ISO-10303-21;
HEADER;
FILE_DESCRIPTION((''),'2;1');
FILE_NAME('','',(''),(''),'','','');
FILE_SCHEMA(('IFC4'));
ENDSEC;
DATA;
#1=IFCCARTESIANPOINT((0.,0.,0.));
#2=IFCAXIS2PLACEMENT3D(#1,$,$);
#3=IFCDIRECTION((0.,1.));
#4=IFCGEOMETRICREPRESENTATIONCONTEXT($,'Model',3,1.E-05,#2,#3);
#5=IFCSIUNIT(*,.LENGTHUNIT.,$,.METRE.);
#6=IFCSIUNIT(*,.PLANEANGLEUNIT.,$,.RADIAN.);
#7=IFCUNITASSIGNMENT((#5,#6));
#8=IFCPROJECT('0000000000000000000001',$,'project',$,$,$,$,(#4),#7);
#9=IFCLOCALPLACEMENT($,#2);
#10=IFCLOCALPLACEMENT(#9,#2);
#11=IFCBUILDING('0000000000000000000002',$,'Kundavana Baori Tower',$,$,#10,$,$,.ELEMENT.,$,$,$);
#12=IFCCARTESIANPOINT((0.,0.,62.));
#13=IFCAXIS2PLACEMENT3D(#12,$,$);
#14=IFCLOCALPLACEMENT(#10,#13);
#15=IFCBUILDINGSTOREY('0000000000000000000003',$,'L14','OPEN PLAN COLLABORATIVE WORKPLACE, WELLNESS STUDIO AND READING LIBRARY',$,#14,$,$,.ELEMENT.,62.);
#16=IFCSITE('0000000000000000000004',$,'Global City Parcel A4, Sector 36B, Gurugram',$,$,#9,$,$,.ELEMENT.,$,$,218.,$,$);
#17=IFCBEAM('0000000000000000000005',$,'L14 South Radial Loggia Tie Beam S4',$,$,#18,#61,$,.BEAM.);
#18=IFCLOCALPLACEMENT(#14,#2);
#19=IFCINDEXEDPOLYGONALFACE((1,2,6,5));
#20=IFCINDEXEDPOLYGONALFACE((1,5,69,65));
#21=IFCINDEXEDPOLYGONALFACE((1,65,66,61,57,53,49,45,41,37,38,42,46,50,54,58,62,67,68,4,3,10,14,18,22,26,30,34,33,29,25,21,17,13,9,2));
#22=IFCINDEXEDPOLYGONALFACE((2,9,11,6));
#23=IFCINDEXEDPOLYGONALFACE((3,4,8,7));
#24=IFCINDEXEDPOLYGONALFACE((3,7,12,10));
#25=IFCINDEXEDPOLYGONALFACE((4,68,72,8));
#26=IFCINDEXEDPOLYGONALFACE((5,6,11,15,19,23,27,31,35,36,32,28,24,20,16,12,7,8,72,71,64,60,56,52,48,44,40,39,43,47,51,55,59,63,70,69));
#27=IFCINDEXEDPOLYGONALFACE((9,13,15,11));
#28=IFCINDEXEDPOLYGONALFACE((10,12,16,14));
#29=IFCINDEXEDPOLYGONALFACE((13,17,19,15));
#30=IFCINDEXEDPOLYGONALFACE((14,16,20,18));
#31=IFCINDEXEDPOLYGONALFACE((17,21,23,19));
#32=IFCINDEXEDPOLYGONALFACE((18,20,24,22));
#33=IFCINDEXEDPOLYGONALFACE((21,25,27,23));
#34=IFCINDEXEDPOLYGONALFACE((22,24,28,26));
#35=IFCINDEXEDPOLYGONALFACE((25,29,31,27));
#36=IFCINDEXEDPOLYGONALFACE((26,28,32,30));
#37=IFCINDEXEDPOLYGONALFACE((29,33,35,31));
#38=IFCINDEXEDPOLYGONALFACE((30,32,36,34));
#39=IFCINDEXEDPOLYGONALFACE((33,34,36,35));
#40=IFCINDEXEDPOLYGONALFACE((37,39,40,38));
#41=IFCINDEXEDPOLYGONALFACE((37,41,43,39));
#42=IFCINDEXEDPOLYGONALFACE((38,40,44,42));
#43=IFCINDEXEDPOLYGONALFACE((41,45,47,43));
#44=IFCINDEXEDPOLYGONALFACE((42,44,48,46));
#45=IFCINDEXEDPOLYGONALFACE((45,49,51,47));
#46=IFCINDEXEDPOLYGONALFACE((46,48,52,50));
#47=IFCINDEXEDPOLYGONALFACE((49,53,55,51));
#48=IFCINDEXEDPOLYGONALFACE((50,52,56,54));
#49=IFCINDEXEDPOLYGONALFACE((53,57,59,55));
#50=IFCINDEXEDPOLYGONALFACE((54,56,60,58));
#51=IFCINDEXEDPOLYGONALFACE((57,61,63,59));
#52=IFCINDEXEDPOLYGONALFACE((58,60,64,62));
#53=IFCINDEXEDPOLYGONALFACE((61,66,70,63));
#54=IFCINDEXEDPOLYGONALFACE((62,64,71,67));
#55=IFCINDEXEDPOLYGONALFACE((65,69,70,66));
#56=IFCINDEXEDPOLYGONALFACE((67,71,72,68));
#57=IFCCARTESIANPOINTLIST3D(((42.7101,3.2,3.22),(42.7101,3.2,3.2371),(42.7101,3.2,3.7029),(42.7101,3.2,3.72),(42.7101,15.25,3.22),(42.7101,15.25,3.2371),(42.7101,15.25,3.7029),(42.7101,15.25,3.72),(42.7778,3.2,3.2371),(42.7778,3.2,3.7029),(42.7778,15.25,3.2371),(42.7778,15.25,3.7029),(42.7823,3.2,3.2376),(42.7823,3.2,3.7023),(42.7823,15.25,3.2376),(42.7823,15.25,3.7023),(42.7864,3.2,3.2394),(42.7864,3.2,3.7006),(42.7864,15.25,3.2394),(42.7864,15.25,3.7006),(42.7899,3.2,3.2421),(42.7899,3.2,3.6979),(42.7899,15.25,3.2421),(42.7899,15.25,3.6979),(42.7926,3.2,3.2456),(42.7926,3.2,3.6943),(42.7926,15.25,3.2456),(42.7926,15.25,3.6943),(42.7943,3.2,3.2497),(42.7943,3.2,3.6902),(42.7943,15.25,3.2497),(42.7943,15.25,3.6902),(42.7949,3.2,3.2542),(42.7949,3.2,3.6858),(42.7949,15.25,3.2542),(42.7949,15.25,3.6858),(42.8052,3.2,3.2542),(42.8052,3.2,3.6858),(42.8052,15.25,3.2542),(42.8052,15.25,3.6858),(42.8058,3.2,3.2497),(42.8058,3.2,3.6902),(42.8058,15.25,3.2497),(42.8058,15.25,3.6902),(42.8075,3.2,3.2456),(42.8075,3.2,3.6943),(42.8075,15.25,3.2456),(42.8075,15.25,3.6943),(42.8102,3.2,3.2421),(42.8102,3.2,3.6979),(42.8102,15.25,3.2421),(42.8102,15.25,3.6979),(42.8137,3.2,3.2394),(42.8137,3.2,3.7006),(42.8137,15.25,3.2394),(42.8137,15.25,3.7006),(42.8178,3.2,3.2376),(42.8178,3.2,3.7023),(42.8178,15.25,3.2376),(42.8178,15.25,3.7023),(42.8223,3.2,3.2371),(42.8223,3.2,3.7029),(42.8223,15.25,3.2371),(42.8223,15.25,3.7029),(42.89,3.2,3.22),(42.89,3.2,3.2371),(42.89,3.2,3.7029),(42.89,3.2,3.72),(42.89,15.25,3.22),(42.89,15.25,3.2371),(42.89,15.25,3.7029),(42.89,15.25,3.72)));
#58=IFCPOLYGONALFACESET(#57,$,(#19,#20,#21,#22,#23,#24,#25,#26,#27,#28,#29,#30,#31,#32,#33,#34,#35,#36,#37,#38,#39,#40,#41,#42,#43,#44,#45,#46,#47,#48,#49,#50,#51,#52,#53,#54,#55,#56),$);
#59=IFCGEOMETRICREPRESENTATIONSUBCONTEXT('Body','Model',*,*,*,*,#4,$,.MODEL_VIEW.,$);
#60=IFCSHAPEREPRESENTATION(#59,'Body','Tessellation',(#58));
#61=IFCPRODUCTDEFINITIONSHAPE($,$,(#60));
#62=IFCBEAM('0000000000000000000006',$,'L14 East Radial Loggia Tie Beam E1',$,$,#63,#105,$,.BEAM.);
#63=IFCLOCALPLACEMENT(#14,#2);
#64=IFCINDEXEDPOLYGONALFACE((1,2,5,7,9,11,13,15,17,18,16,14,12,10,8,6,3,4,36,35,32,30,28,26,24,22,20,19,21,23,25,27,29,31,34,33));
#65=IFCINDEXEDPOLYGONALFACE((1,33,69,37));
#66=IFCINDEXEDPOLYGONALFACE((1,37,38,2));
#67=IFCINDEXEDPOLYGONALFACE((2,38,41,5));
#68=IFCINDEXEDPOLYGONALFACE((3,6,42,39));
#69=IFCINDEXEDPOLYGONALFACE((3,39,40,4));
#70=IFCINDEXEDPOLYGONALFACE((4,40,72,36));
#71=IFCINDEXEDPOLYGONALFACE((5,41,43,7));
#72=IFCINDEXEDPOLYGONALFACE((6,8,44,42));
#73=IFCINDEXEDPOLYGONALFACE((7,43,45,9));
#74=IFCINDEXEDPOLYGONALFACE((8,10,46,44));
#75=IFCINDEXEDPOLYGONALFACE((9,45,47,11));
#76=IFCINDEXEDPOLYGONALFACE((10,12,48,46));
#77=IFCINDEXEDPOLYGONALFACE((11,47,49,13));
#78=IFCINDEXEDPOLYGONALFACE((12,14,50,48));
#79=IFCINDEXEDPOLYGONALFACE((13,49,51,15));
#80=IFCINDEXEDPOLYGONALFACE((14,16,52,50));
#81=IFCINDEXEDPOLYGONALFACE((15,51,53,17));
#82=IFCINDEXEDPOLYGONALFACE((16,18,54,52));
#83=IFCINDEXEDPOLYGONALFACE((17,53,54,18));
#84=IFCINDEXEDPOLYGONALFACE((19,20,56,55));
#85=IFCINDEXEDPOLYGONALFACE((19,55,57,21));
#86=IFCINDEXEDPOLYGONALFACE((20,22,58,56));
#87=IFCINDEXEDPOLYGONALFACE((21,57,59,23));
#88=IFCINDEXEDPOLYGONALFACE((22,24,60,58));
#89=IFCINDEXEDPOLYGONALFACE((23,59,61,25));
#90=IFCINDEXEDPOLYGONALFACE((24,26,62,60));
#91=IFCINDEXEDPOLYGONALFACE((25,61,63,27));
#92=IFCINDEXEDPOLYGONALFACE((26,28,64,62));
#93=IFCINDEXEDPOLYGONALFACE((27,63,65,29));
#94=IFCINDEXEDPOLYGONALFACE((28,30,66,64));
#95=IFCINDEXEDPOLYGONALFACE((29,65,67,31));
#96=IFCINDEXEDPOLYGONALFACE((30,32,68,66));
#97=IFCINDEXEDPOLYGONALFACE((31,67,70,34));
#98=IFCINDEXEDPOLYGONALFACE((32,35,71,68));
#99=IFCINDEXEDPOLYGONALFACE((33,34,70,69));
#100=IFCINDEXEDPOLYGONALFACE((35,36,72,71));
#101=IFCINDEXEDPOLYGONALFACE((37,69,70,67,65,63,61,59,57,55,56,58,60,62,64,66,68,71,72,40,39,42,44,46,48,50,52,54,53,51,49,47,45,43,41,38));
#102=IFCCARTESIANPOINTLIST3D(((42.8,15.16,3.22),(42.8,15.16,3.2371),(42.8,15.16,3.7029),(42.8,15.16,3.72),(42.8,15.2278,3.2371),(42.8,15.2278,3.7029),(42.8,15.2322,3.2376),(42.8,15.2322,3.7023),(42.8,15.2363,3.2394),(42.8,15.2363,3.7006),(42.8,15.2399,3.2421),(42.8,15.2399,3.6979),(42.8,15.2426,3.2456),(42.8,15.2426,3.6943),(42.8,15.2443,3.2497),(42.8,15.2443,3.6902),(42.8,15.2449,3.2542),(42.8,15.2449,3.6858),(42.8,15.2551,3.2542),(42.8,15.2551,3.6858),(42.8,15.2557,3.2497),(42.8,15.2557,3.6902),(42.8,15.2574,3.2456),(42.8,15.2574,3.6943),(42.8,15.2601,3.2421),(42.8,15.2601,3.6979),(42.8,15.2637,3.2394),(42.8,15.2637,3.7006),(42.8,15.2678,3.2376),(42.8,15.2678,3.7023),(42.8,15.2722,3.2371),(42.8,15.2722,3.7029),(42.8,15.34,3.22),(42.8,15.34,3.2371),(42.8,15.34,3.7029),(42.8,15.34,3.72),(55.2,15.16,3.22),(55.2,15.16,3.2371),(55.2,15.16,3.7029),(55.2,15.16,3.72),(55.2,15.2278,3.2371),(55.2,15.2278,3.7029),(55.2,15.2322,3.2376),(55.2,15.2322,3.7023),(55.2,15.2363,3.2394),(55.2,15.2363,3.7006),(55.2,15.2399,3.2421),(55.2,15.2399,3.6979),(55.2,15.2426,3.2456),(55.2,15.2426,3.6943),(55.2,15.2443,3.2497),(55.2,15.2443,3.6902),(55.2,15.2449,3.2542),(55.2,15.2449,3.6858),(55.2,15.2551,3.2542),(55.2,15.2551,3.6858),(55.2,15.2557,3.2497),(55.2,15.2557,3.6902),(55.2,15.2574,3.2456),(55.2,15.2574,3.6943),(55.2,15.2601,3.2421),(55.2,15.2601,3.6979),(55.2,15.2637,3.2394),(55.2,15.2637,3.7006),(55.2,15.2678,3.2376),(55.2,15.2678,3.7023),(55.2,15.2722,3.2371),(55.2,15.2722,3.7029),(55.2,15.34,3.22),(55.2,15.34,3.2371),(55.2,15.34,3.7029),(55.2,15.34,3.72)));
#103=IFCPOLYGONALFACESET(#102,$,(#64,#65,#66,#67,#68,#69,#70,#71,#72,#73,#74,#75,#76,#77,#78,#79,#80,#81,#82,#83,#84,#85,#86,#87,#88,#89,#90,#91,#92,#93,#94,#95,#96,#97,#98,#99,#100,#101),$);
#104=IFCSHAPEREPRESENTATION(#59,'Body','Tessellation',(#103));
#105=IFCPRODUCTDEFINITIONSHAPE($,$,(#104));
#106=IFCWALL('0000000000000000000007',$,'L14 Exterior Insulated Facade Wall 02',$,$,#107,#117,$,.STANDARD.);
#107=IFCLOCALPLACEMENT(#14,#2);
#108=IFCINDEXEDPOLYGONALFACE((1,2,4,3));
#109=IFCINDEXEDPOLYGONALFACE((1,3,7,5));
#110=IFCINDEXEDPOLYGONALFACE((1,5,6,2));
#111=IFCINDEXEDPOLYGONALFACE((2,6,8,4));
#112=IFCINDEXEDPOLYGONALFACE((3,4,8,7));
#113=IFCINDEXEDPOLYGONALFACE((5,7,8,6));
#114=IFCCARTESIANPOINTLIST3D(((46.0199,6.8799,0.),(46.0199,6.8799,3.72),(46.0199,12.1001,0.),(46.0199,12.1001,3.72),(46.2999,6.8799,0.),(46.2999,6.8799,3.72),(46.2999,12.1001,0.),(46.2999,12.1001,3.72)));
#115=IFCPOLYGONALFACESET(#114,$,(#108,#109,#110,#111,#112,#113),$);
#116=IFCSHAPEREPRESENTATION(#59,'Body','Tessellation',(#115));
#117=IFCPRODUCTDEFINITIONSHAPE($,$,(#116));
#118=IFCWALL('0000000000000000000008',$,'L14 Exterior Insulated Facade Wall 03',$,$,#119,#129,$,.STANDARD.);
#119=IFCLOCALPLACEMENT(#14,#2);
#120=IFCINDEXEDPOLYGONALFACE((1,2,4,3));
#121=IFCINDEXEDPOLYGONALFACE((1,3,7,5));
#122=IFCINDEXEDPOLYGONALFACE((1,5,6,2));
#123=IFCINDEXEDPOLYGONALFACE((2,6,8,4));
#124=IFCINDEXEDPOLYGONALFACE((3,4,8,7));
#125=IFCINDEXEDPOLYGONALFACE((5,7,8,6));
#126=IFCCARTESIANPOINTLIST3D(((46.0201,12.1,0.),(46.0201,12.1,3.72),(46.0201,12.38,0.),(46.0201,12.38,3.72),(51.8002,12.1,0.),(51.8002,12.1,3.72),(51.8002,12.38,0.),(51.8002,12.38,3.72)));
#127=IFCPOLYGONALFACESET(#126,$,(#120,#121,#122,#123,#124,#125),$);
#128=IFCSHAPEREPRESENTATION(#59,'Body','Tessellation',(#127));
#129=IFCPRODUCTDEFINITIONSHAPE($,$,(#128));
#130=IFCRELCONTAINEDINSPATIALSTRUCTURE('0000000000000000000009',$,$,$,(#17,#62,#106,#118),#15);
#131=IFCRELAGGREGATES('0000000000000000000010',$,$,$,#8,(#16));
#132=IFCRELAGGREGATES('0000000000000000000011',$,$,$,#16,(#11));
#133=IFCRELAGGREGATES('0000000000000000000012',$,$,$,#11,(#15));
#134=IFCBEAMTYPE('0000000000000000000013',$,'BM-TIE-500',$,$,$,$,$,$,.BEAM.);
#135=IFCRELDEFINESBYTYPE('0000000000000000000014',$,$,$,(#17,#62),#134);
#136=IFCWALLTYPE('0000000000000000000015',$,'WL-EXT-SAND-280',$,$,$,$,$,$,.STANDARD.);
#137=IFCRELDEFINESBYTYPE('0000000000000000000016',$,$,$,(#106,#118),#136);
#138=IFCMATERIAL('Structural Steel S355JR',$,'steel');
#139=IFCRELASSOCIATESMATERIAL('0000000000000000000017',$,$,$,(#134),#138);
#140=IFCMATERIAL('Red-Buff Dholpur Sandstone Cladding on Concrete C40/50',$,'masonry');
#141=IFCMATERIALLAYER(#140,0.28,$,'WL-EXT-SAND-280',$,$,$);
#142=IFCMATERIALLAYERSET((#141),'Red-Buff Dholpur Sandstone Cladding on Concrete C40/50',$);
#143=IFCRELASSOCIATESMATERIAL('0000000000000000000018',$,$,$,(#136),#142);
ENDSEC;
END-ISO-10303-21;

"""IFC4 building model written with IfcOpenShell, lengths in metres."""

from ifc_helpers import new_model, si_unit, direction, frame, frame_2d, origin, origin_2d, place, context, subcontext, project, spatial, rectangle, i_section, extrude, material, layer, layer_set, material_profile, profile_set, type_object, element, save


model = new_model("IFC4")

# Units and contexts
model_context = context("Model", 3, precision=1e-05, world=origin(), true_north=direction((0.0, 1.0)))
body_context = subcontext(model_context, "Body", "Model", "MODEL_VIEW")
ifc_project = project(units=[si_unit("LENGTHUNIT", "METRE"), si_unit("PLANEANGLEUNIT", "RADIAN")], contexts=[model_context])

# Site, building, storey
site_placement = place(None, origin())
site = spatial("IfcSite", under=ifc_project, at=site_placement, Name="Global City Parcel A4, Sector 36B, Gurugram", CompositionType="ELEMENT", RefElevation=218.0)
building_placement = place(site_placement, origin())
building = spatial("IfcBuilding", under=site, at=building_placement, Name="Kundavana Baori Tower", CompositionType="ELEMENT")
storey_placement = place(building_placement, frame((0.0, 0.0, 62.0)))
storey = spatial("IfcBuildingStorey", under=building, at=storey_placement, Name="L14", Description="OPEN PLAN COLLABORATIVE WORKPLACE, WELLNESS STUDIO AND READING LIBRARY", CompositionType="ELEMENT", Elevation=62.0)

# Beams
ifc_material_1 = material(Name="Structural Steel S355JR", Category="steel")
ifc_material_profile = material_profile(ifc_material_1, i_section(OverallWidth=0.1799, OverallDepth=0.5, WebThickness=0.0103, FlangeThickness=0.0171, FilletRadius=0.0171, at=origin_2d()), Name="ISMB 500")
ifc_profile_set = profile_set([ifc_material_profile], Name="Structural Steel S355JR")
beam_type = type_object("IfcBeamType", Name="BM-TIE-500", PredefinedType="BEAM", material=ifc_profile_set)
beam_1_placement = place(storey_placement, frame((42.8, 15.25, 3.47), z_axis=(0.0, -1.0, 0.0), x_axis=(1.0, 0.0, 0.0)))
element("IfcBeam", 1, at=beam_1_placement, inside=storey, type_object=beam_type, Name="L14 South Radial Loggia Tie Beam S4", PredefinedType="BEAM", context=body_context, shape_type="SweptSolid", body=[
    extrude(i_section(OverallWidth=0.1799, OverallDepth=0.5, WebThickness=0.0103, FlangeThickness=0.0171, FilletRadius=0.0171, at=origin_2d()), origin(), (0.0, 0.0, 1.0), 12.05),
])
beam_2_placement = place(storey_placement, frame((42.8, 15.25, 3.47), z_axis=(1.0, 0.0, 0.0), x_axis=(0.0, 1.0, 0.0)))
element("IfcBeam", 2, at=beam_2_placement, inside=storey, type_object=beam_type, Name="L14 East Radial Loggia Tie Beam E1", PredefinedType="BEAM", context=body_context, shape_type="SweptSolid", body=[
    extrude(i_section(OverallWidth=0.1799, OverallDepth=0.5, WebThickness=0.0103, FlangeThickness=0.0171, FilletRadius=0.0171, at=origin_2d()), origin(), (0.0, 0.0, 1.0), 12.3999),
])

# Walls
ifc_material_2 = material(Name="Red-Buff Dholpur Sandstone Cladding on Concrete C40/50", Category="masonry")
ifc_layer_1 = layer(ifc_material_2, 0.28, Name="WL-EXT-SAND-280")
ifc_layer_set_1 = layer_set([ifc_layer_1], Name="Red-Buff Dholpur Sandstone Cladding on Concrete C40/50")
wall_type_1 = type_object("IfcWallType", Name="WL-EXT-SAND-280", PredefinedType="STANDARD", material=ifc_layer_set_1)
wall_1_placement = place(storey_placement, frame((46.1599, 6.8799, 0.0), z_axis=(0.0, 0.0, 1.0), x_axis=(0.0, 1.0, 0.0)))
element("IfcWall", 3, at=wall_1_placement, inside=storey, type_object=wall_type_1, Name="L14 Exterior Insulated Facade Wall 02", PredefinedType="STANDARD", context=body_context, shape_type="SweptSolid", body=[
    extrude(rectangle(XDim=5.2202, YDim=0.28, at=frame_2d((2.6101, 0.0))), origin(), (0.0, 0.0, 1.0), 3.72),
])
wall_2_placement = place(storey_placement, frame((46.02, 12.24, 0.0), z_axis=(0.0, 0.0, 1.0), x_axis=(1.0, 0.0, 0.0)))
element("IfcWall", 4, at=wall_2_placement, inside=storey, type_object=wall_type_1, Name="L14 Exterior Insulated Facade Wall 03", PredefinedType="STANDARD", context=body_context, shape_type="SweptSolid", body=[
    extrude(rectangle(XDim=5.78, YDim=0.28, at=frame_2d((2.8901, 0.0))), origin(), (0.0, 0.0, 1.0), 3.72),
])

save(model, "model.ifc")
